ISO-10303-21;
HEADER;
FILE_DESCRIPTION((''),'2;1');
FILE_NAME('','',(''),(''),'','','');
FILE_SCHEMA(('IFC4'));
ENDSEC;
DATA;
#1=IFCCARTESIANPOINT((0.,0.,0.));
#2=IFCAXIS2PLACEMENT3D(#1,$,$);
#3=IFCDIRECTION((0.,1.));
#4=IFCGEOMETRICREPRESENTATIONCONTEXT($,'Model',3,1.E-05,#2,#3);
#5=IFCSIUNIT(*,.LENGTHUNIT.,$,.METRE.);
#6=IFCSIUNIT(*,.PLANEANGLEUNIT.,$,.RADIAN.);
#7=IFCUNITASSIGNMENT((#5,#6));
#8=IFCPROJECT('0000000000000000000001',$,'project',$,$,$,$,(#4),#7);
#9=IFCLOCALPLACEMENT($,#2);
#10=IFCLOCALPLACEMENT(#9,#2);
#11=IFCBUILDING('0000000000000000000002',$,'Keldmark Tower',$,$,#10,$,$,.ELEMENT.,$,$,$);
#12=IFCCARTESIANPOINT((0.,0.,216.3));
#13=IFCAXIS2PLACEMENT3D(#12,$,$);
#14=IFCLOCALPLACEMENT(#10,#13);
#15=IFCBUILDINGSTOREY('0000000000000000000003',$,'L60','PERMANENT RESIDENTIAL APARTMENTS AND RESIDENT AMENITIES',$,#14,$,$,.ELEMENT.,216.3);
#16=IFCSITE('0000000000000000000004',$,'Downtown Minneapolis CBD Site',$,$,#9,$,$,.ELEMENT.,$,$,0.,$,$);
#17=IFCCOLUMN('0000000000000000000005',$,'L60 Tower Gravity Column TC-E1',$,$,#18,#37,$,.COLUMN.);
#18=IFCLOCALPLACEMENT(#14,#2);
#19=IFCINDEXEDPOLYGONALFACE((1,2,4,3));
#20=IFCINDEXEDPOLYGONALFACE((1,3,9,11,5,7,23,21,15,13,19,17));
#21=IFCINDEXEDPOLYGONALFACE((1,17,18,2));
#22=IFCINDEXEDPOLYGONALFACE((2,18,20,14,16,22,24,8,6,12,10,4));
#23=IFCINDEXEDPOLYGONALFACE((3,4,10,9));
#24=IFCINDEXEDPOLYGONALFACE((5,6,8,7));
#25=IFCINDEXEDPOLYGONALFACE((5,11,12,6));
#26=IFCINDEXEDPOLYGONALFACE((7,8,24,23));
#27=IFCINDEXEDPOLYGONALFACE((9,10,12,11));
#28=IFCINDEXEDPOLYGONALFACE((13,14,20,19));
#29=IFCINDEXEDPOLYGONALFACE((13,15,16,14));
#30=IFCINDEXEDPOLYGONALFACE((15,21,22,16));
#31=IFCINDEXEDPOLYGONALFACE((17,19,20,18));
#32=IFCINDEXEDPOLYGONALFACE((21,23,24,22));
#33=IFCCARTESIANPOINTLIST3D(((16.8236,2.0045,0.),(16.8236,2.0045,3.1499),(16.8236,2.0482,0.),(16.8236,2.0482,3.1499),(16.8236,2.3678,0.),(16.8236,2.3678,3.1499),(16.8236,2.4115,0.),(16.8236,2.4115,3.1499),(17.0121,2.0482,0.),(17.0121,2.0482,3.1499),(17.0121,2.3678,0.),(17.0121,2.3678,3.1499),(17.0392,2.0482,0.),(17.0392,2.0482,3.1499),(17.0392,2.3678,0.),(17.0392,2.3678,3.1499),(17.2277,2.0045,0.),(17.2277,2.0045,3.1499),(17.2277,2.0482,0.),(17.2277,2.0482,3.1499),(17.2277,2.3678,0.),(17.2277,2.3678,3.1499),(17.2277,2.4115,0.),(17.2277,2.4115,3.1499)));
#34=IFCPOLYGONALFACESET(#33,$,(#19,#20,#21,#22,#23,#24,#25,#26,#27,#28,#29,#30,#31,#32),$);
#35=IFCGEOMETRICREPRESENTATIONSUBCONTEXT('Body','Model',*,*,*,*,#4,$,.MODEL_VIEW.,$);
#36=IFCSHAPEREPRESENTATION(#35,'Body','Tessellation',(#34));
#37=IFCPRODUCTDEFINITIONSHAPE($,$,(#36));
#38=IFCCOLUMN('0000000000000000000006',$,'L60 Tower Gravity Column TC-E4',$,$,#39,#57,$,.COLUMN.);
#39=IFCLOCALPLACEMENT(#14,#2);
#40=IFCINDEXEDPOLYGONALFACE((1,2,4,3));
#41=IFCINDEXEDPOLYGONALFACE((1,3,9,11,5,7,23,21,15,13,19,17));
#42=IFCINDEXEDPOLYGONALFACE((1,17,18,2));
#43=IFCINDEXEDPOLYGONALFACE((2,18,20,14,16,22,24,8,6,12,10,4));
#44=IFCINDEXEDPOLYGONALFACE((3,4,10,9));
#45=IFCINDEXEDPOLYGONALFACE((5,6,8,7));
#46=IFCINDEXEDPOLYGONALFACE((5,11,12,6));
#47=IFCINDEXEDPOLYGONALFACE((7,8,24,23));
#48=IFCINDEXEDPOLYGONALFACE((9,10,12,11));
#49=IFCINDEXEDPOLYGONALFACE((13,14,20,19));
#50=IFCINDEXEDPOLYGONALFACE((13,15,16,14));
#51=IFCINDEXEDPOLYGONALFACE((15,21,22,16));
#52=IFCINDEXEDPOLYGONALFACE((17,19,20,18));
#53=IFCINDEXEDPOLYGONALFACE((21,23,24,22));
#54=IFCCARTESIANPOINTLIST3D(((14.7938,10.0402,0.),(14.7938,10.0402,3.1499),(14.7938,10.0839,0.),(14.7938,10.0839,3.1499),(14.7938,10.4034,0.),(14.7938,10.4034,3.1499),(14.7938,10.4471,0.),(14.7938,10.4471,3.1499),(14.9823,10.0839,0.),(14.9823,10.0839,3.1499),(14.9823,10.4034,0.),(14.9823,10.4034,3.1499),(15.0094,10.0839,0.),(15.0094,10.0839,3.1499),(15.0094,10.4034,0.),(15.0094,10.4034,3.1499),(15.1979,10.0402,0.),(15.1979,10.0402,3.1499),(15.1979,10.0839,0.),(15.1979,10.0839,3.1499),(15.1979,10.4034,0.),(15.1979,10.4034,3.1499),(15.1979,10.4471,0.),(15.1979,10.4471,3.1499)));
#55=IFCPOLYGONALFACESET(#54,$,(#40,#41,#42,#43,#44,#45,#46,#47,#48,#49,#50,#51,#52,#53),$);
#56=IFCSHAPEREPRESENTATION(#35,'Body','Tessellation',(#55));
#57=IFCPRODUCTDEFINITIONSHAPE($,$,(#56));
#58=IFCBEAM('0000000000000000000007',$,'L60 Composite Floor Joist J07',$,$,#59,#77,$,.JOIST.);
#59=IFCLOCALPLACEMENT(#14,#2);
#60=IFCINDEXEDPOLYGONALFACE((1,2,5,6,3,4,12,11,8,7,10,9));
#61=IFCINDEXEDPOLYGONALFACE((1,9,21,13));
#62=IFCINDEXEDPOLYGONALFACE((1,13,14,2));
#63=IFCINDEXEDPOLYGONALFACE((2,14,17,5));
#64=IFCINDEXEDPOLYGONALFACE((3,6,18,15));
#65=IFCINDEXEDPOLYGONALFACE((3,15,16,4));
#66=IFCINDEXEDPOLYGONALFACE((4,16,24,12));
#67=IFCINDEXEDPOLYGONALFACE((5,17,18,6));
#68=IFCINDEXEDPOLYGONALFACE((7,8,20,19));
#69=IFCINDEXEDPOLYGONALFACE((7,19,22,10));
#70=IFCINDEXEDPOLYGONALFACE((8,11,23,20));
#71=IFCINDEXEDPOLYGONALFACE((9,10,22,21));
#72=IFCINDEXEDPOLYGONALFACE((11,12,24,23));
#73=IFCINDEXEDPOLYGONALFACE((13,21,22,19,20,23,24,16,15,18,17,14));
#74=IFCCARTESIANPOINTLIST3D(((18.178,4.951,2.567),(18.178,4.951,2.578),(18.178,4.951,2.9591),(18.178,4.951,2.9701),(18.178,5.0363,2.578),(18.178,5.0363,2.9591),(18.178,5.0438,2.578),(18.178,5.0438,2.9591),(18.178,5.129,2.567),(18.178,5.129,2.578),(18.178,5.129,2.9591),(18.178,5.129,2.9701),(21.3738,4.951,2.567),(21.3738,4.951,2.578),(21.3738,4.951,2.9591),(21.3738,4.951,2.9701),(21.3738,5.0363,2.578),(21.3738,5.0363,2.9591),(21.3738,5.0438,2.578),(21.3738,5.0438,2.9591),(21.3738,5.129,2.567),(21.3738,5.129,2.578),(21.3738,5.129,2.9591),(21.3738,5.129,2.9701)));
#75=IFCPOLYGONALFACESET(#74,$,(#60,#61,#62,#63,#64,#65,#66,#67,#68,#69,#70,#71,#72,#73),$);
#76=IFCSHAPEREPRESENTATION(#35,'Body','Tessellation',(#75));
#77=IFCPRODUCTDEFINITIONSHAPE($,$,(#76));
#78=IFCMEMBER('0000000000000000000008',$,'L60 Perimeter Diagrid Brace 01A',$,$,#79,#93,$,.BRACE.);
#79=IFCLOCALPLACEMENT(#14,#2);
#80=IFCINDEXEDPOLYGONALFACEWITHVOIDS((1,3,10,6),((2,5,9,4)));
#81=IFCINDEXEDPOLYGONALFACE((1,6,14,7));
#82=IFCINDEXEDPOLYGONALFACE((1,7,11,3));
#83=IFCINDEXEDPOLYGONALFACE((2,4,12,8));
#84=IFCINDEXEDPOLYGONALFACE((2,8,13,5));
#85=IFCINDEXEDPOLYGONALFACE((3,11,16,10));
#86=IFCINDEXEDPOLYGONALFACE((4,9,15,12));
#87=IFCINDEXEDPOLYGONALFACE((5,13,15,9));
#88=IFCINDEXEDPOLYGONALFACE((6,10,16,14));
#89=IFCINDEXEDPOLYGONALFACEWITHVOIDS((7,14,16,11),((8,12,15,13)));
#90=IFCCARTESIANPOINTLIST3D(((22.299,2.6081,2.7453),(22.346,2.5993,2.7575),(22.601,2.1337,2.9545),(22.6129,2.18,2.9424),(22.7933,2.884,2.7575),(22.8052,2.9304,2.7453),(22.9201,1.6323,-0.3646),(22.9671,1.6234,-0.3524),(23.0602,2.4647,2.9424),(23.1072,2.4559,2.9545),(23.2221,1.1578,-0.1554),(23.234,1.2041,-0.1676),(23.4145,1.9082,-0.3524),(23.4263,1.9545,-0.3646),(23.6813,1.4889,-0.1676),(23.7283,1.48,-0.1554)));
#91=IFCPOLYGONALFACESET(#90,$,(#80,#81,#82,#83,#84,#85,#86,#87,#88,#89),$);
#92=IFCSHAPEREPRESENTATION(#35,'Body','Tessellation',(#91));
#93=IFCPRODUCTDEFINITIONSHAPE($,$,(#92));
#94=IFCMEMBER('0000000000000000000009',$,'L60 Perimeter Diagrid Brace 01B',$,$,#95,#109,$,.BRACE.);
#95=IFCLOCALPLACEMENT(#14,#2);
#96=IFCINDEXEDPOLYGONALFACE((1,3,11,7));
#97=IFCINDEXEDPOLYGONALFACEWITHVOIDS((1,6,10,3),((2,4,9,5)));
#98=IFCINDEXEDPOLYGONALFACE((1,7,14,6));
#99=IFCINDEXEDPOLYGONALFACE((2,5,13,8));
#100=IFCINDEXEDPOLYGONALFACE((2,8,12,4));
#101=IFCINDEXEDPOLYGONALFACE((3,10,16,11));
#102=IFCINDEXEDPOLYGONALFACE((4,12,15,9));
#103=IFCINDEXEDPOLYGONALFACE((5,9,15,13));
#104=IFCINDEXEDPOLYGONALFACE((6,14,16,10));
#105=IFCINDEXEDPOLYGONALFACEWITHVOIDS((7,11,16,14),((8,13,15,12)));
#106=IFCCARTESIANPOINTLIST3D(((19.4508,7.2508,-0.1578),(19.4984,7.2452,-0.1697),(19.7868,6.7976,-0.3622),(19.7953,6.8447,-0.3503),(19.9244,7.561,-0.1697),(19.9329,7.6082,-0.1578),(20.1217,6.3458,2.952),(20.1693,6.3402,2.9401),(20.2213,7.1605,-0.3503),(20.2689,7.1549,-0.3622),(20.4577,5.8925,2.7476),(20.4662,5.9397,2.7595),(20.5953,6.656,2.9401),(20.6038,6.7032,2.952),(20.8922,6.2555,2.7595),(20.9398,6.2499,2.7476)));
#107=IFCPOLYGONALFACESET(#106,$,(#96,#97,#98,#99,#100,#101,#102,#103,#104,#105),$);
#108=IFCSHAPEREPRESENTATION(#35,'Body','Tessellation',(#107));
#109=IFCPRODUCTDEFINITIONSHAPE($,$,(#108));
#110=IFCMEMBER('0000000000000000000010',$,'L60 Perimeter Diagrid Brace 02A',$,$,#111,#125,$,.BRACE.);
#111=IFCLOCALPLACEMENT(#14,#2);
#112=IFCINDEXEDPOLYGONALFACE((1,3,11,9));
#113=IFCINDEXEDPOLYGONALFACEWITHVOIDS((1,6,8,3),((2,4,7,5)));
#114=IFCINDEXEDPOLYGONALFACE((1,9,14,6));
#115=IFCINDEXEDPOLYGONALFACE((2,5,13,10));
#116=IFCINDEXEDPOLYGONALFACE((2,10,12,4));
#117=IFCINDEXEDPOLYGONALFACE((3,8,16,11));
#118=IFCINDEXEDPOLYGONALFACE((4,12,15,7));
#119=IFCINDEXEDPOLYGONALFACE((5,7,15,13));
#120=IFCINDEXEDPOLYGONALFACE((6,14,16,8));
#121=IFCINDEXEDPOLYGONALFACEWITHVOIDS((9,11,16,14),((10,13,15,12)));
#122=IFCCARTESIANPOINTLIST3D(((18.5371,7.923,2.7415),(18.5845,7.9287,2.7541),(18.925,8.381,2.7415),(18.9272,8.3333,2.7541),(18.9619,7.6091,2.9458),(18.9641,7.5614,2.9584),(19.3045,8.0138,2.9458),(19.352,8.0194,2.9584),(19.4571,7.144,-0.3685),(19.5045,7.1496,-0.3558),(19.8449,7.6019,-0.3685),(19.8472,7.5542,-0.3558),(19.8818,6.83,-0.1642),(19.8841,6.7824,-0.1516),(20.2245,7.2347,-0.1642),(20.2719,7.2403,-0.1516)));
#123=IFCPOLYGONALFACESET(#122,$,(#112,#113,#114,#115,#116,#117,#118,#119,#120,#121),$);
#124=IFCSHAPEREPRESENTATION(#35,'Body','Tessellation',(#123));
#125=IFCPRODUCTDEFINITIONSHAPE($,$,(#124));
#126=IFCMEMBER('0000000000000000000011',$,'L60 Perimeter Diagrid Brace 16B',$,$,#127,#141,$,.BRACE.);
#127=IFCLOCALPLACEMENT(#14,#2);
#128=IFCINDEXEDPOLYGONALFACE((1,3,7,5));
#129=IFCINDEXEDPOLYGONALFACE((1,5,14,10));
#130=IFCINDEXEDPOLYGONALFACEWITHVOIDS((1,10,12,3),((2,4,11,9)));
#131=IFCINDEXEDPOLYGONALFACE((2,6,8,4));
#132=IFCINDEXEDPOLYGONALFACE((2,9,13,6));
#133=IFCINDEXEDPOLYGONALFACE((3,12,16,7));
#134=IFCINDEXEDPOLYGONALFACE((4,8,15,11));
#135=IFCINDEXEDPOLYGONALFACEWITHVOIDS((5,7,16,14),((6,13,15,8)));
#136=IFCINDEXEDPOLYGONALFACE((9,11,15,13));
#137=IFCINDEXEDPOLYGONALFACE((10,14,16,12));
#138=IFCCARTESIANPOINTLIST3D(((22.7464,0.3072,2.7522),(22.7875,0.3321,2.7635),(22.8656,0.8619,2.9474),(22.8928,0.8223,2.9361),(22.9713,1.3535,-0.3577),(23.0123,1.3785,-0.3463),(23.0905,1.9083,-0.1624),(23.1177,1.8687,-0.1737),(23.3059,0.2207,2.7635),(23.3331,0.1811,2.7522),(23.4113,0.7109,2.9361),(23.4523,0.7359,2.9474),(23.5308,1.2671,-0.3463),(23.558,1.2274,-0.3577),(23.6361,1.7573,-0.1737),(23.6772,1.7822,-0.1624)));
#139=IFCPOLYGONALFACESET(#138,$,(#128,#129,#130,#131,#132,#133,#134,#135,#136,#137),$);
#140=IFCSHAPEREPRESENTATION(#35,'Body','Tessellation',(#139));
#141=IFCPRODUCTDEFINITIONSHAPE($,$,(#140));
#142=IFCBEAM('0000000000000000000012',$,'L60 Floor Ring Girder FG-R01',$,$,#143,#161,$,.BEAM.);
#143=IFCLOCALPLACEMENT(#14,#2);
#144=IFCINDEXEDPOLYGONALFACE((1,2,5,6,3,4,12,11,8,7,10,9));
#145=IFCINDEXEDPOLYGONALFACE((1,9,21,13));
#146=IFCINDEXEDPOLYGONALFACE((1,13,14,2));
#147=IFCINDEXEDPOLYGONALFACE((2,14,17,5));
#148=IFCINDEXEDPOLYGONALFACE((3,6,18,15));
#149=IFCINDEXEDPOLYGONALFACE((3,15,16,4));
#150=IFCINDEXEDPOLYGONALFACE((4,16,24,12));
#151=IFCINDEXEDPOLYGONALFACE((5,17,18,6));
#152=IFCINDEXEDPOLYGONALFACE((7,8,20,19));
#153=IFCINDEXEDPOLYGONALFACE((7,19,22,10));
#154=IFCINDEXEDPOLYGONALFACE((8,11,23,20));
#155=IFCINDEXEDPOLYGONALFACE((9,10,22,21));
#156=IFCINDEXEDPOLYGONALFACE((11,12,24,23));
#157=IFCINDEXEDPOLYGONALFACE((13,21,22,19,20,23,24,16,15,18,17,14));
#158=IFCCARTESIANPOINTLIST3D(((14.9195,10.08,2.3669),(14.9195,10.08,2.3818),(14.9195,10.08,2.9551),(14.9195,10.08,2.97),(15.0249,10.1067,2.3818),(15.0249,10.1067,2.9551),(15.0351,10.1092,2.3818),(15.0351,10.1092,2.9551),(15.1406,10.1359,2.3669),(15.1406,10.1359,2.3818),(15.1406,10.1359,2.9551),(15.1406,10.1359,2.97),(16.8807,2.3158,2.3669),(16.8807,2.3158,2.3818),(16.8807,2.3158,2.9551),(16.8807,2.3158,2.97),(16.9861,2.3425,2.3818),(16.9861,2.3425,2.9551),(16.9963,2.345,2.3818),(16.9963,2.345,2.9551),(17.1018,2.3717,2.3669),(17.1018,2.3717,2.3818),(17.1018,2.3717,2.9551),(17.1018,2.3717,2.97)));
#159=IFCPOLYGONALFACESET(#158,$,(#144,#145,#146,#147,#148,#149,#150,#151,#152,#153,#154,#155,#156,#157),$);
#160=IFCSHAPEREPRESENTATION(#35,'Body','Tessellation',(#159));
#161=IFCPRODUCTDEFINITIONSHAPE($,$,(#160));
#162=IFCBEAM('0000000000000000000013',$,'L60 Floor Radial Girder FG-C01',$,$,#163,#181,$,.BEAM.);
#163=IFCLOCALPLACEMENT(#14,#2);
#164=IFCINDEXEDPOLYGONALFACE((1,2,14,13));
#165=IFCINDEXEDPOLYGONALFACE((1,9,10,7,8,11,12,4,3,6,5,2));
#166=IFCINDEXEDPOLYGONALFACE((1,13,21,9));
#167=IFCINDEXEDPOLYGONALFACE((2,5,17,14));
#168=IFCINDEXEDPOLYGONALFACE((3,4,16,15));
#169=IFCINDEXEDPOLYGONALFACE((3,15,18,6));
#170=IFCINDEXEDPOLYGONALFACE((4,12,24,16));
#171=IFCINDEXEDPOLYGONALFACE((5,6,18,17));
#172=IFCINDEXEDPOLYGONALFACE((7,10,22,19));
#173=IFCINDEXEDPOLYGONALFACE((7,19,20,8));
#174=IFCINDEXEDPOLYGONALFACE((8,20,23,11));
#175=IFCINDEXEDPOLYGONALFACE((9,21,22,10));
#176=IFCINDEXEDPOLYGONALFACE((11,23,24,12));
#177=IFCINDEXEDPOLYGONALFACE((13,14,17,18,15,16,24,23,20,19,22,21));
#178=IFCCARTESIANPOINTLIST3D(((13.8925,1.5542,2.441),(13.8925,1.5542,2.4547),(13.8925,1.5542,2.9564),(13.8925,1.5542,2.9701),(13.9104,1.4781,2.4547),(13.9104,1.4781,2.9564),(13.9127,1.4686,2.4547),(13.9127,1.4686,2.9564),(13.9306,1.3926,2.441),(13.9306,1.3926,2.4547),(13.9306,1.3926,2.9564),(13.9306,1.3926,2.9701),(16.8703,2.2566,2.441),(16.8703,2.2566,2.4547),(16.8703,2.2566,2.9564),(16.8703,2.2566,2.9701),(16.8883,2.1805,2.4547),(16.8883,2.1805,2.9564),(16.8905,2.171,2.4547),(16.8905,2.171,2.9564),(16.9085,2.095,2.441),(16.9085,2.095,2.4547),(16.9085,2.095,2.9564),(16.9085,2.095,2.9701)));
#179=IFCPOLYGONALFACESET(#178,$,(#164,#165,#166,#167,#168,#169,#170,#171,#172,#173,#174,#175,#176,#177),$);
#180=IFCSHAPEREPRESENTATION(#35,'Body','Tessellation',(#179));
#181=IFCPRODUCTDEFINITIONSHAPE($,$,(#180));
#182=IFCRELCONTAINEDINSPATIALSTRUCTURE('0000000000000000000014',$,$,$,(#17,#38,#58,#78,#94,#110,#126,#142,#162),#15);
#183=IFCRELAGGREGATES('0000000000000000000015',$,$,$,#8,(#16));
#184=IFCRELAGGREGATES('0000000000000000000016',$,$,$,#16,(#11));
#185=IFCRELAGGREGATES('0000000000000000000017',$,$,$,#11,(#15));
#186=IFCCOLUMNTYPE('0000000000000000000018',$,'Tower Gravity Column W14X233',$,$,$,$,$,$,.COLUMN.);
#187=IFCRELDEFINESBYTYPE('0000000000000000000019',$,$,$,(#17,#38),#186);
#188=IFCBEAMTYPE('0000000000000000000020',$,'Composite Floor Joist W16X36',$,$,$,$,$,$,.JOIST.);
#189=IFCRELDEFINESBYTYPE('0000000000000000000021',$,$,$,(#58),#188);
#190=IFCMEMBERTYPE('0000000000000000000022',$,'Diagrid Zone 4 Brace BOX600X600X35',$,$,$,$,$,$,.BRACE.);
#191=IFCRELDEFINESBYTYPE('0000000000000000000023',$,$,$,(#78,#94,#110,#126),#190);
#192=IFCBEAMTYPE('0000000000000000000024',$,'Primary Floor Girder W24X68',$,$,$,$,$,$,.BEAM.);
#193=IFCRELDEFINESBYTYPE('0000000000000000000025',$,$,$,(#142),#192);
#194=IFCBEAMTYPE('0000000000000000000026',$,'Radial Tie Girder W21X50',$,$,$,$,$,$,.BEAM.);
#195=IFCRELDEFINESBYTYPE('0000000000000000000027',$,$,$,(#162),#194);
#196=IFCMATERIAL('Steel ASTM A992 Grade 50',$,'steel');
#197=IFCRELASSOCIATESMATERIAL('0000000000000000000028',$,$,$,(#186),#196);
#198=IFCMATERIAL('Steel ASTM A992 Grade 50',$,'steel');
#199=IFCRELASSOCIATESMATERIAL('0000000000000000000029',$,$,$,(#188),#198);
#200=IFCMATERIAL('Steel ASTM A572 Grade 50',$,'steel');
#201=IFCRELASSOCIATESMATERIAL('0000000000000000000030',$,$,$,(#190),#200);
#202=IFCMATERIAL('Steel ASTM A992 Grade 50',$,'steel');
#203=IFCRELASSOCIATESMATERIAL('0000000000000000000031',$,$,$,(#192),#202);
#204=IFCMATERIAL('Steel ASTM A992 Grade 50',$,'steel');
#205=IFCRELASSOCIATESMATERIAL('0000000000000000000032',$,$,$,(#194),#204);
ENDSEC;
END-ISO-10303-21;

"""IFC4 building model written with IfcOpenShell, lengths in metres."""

from ifc_helpers import new_model, si_unit, direction, frame, origin, origin_2d, place, context, subcontext, project, spatial, hollow_rectangle, i_section, extrude, material, material_profile, profile_set, type_object, element, save


model = new_model("IFC4")

# Units and contexts
model_context = context("Model", 3, precision=1e-05, world=origin(), true_north=direction((0.0, 1.0)))
body_context = subcontext(model_context, "Body", "Model", "MODEL_VIEW")
ifc_project = project(units=[si_unit("LENGTHUNIT", "METRE"), si_unit("PLANEANGLEUNIT", "RADIAN")], contexts=[model_context])

# Site, building, storey
site_placement = place(None, origin())
site = spatial("IfcSite", under=ifc_project, at=site_placement, Name="Downtown Minneapolis CBD Site", CompositionType="ELEMENT", RefElevation=0.0)
building_placement = place(site_placement, origin())
building = spatial("IfcBuilding", under=site, at=building_placement, Name="Keldmark Tower", CompositionType="ELEMENT")
storey_placement = place(building_placement, frame((0.0, 0.0, 216.3)))
storey = spatial("IfcBuildingStorey", under=building, at=storey_placement, Name="L60", Description="PERMANENT RESIDENTIAL APARTMENTS AND RESIDENT AMENITIES", CompositionType="ELEMENT", Elevation=216.3)

# Columns
ifc_material_1 = material(Name="Steel ASTM A992 Grade 50", Category="steel")
ifc_material_profile_1 = material_profile(ifc_material_1, i_section(OverallWidth=0.4041, OverallDepth=0.407, WebThickness=0.0271, FlangeThickness=0.0437, at=origin_2d()), Name="W14X233")
ifc_profile_set_1 = profile_set([ifc_material_profile_1], Name="Steel ASTM A992 Grade 50")
column_type = type_object("IfcColumnType", Name="Tower Gravity Column W14X233", PredefinedType="COLUMN", material=ifc_profile_set_1)
for number, where, z_axis, x_axis, name in (
    (1, (17.0256, 2.208, 0.0), (0.0, 0.0, 1.0), (1.0, 0.0, 0.0), "L60 Tower Gravity Column TC-E1"),
    (2, (14.9958, 10.2437, 0.0), (0.0, 0.0, 1.0), (1.0, 0.0, 0.0), "L60 Tower Gravity Column TC-E4"),
):
    element("IfcColumn", number, at=place(storey_placement, frame(where, z_axis=z_axis, x_axis=x_axis)), inside=storey, type_object=column_type, Name=name, PredefinedType="COLUMN", context=body_context, shape_type="SweptSolid", body=[
        extrude(i_section(OverallWidth=0.4041, OverallDepth=0.407, WebThickness=0.0271, FlangeThickness=0.0437, at=origin_2d()), origin(), (0.0, 0.0, 1.0), 3.1499),
    ])

# Beam
ifc_material_2 = material(Name="Steel ASTM A992 Grade 50", Category="steel")
ifc_material_profile_2 = material_profile(ifc_material_2, i_section(OverallWidth=0.178, OverallDepth=0.4031, WebThickness=0.0076, FlangeThickness=0.011, at=origin_2d()), Name="W16X36")
ifc_profile_set_2 = profile_set([ifc_material_profile_2], Name="Steel ASTM A992 Grade 50")
beam_type_1 = type_object("IfcBeamType", Name="Composite Floor Joist W16X36", PredefinedType="JOIST", material=ifc_profile_set_2)
beam_1_placement = place(storey_placement, frame((18.178, 5.04, 2.7686), z_axis=(1.0, 0.0, 0.0), x_axis=(0.0, 1.0, 0.0)))
element("IfcBeam", 3, at=beam_1_placement, inside=storey, type_object=beam_type_1, Name="L60 Composite Floor Joist J07", PredefinedType="JOIST", context=body_context, shape_type="SweptSolid", body=[
    extrude(i_section(OverallWidth=0.178, OverallDepth=0.4031, WebThickness=0.0076, FlangeThickness=0.011, at=origin_2d()), origin(), (0.0, 0.0, 1.0), 3.1958),
])

# Members
ifc_material_3 = material(Name="Steel ASTM A572 Grade 50", Category="steel")
ifc_material_profile_3 = material_profile(ifc_material_3, hollow_rectangle(XDim=0.6001, YDim=0.6001, WallThickness=0.0349, at=origin_2d()), Name="BOX600X600X35")
ifc_profile_set_3 = profile_set([ifc_material_profile_3], Name="Steel ASTM A572 Grade 50")
member_type = type_object("IfcMemberType", Name="Diagrid Zone 4 Brace BOX600X600X35", PredefinedType="BRACE", material=ifc_profile_set_3)
member_1_placement = place(storey_placement, frame((23.3242, 1.5562, -0.26), z_axis=(-0.187188, 0.2941, 0.937265), x_axis=(-0.843618, -0.536944, 0.0)))
element("IfcMember", 4, at=member_1_placement, inside=storey, type_object=member_type, Name="L60 Perimeter Diagrid Brace 01A", PredefinedType="BRACE", context=body_context, shape_type="SweptSolid", body=[
    extrude(hollow_rectangle(XDim=0.6001, YDim=0.6001, WallThickness=0.0349, at=origin_2d()), origin(), (0.0, 0.0, 1.0), 3.3181),
])
member_2_placement = place(storey_placement, frame((19.8599, 7.2029, -0.26), z_axis=(0.202833, -0.273618, 0.940208), x_axis=(0.803342, 0.595518, 0.0)))
element("IfcMember", 5, at=member_2_placement, inside=storey, type_object=member_type, Name="L60 Perimeter Diagrid Brace 01B", PredefinedType="BRACE", context=body_context, shape_type="SweptSolid", body=[
    extrude(hollow_rectangle(XDim=0.6001, YDim=0.6001, WallThickness=0.0349, at=origin_2d()), origin(), (0.0, 0.0, 1.0), 3.3076),
])
member_3_placement = place(storey_placement, frame((19.8645, 7.1921, -0.26), z_axis=(-0.275811, 0.233576, 0.9324), x_axis=(-0.64626, -0.763117, 0.0)))
element("IfcMember", 6, at=member_3_placement, inside=storey, type_object=member_type, Name="L60 Perimeter Diagrid Brace 02A", PredefinedType="BRACE", context=body_context, shape_type="SweptSolid", body=[
    extrude(hollow_rectangle(XDim=0.6001, YDim=0.6001, WallThickness=0.0349, at=origin_2d()), origin(), (0.0, 0.0, 1.0), 3.3354),
])
member_4_placement = place(storey_placement, frame((23.3242, 1.5679, -0.26), z_axis=(-0.068368, -0.318159, 0.945569), x_axis=(0.977682, -0.21009, 0.0)))
element("IfcMember", 7, at=member_4_placement, inside=storey, type_object=member_type, Name="L60 Perimeter Diagrid Brace 16B", PredefinedType="BRACE", context=body_context, shape_type="SweptSolid", body=[
    extrude(hollow_rectangle(XDim=0.6001, YDim=0.6001, WallThickness=0.0349, at=origin_2d()), origin(), (0.0, 0.0, 1.0), 3.2888),
])

# Beams
ifc_material_4 = material(Name="Steel ASTM A992 Grade 50", Category="steel")
ifc_material_profile_4 = material_profile(ifc_material_4, i_section(OverallWidth=0.228, OverallDepth=0.603, WebThickness=0.0105, FlangeThickness=0.0149, at=origin_2d()), Name="W24X68")
ifc_profile_set_4 = profile_set([ifc_material_profile_4], Name="Steel ASTM A992 Grade 50")
beam_type_2 = type_object("IfcBeamType", Name="Primary Floor Girder W24X68", PredefinedType="BEAM", material=ifc_profile_set_4)
beam_2_placement = place(storey_placement, frame((16.9912, 2.3438, 2.6685), z_axis=(-0.244902, 0.969548, 0.0), x_axis=(-0.969548, -0.244902, 0.0)))
element("IfcBeam", 8, at=beam_2_placement, inside=storey, type_object=beam_type_2, Name="L60 Floor Ring Girder FG-R01", PredefinedType="BEAM", context=body_context, shape_type="SweptSolid", body=[
    extrude(i_section(OverallWidth=0.228, OverallDepth=0.603, WebThickness=0.0105, FlangeThickness=0.0149, at=origin_2d()), origin(), (0.0, 0.0, 1.0), 8.0081),
])
ifc_material_5 = material(Name="Steel ASTM A992 Grade 50", Category="steel")
ifc_material_profile_5 = material_profile(ifc_material_5, i_section(OverallWidth=0.166, OverallDepth=0.5291, WebThickness=0.0098, FlangeThickness=0.0137, at=origin_2d()), Name="W21X50")
ifc_profile_set_5 = profile_set([ifc_material_profile_5], Name="Steel ASTM A992 Grade 50")
beam_type_3 = type_object("IfcBeamType", Name="Radial Tie Girder W21X50", PredefinedType="BEAM", material=ifc_profile_set_5)
beam_3_placement = place(storey_placement, frame((16.8894, 2.1758, 2.7056), z_axis=(-0.97329, -0.229577, 0.0), x_axis=(0.229577, -0.97329, 0.0)))
element("IfcBeam", 9, at=beam_3_placement, inside=storey, type_object=beam_type_3, Name="L60 Floor Radial Girder FG-C01", PredefinedType="BEAM", context=body_context, shape_type="SweptSolid", body=[
    extrude(i_section(OverallWidth=0.166, OverallDepth=0.5291, WebThickness=0.0098, FlangeThickness=0.0137, at=origin_2d()), origin(), (0.0, 0.0, 1.0), 3.0596),
])

save(model, "model.ifc")
